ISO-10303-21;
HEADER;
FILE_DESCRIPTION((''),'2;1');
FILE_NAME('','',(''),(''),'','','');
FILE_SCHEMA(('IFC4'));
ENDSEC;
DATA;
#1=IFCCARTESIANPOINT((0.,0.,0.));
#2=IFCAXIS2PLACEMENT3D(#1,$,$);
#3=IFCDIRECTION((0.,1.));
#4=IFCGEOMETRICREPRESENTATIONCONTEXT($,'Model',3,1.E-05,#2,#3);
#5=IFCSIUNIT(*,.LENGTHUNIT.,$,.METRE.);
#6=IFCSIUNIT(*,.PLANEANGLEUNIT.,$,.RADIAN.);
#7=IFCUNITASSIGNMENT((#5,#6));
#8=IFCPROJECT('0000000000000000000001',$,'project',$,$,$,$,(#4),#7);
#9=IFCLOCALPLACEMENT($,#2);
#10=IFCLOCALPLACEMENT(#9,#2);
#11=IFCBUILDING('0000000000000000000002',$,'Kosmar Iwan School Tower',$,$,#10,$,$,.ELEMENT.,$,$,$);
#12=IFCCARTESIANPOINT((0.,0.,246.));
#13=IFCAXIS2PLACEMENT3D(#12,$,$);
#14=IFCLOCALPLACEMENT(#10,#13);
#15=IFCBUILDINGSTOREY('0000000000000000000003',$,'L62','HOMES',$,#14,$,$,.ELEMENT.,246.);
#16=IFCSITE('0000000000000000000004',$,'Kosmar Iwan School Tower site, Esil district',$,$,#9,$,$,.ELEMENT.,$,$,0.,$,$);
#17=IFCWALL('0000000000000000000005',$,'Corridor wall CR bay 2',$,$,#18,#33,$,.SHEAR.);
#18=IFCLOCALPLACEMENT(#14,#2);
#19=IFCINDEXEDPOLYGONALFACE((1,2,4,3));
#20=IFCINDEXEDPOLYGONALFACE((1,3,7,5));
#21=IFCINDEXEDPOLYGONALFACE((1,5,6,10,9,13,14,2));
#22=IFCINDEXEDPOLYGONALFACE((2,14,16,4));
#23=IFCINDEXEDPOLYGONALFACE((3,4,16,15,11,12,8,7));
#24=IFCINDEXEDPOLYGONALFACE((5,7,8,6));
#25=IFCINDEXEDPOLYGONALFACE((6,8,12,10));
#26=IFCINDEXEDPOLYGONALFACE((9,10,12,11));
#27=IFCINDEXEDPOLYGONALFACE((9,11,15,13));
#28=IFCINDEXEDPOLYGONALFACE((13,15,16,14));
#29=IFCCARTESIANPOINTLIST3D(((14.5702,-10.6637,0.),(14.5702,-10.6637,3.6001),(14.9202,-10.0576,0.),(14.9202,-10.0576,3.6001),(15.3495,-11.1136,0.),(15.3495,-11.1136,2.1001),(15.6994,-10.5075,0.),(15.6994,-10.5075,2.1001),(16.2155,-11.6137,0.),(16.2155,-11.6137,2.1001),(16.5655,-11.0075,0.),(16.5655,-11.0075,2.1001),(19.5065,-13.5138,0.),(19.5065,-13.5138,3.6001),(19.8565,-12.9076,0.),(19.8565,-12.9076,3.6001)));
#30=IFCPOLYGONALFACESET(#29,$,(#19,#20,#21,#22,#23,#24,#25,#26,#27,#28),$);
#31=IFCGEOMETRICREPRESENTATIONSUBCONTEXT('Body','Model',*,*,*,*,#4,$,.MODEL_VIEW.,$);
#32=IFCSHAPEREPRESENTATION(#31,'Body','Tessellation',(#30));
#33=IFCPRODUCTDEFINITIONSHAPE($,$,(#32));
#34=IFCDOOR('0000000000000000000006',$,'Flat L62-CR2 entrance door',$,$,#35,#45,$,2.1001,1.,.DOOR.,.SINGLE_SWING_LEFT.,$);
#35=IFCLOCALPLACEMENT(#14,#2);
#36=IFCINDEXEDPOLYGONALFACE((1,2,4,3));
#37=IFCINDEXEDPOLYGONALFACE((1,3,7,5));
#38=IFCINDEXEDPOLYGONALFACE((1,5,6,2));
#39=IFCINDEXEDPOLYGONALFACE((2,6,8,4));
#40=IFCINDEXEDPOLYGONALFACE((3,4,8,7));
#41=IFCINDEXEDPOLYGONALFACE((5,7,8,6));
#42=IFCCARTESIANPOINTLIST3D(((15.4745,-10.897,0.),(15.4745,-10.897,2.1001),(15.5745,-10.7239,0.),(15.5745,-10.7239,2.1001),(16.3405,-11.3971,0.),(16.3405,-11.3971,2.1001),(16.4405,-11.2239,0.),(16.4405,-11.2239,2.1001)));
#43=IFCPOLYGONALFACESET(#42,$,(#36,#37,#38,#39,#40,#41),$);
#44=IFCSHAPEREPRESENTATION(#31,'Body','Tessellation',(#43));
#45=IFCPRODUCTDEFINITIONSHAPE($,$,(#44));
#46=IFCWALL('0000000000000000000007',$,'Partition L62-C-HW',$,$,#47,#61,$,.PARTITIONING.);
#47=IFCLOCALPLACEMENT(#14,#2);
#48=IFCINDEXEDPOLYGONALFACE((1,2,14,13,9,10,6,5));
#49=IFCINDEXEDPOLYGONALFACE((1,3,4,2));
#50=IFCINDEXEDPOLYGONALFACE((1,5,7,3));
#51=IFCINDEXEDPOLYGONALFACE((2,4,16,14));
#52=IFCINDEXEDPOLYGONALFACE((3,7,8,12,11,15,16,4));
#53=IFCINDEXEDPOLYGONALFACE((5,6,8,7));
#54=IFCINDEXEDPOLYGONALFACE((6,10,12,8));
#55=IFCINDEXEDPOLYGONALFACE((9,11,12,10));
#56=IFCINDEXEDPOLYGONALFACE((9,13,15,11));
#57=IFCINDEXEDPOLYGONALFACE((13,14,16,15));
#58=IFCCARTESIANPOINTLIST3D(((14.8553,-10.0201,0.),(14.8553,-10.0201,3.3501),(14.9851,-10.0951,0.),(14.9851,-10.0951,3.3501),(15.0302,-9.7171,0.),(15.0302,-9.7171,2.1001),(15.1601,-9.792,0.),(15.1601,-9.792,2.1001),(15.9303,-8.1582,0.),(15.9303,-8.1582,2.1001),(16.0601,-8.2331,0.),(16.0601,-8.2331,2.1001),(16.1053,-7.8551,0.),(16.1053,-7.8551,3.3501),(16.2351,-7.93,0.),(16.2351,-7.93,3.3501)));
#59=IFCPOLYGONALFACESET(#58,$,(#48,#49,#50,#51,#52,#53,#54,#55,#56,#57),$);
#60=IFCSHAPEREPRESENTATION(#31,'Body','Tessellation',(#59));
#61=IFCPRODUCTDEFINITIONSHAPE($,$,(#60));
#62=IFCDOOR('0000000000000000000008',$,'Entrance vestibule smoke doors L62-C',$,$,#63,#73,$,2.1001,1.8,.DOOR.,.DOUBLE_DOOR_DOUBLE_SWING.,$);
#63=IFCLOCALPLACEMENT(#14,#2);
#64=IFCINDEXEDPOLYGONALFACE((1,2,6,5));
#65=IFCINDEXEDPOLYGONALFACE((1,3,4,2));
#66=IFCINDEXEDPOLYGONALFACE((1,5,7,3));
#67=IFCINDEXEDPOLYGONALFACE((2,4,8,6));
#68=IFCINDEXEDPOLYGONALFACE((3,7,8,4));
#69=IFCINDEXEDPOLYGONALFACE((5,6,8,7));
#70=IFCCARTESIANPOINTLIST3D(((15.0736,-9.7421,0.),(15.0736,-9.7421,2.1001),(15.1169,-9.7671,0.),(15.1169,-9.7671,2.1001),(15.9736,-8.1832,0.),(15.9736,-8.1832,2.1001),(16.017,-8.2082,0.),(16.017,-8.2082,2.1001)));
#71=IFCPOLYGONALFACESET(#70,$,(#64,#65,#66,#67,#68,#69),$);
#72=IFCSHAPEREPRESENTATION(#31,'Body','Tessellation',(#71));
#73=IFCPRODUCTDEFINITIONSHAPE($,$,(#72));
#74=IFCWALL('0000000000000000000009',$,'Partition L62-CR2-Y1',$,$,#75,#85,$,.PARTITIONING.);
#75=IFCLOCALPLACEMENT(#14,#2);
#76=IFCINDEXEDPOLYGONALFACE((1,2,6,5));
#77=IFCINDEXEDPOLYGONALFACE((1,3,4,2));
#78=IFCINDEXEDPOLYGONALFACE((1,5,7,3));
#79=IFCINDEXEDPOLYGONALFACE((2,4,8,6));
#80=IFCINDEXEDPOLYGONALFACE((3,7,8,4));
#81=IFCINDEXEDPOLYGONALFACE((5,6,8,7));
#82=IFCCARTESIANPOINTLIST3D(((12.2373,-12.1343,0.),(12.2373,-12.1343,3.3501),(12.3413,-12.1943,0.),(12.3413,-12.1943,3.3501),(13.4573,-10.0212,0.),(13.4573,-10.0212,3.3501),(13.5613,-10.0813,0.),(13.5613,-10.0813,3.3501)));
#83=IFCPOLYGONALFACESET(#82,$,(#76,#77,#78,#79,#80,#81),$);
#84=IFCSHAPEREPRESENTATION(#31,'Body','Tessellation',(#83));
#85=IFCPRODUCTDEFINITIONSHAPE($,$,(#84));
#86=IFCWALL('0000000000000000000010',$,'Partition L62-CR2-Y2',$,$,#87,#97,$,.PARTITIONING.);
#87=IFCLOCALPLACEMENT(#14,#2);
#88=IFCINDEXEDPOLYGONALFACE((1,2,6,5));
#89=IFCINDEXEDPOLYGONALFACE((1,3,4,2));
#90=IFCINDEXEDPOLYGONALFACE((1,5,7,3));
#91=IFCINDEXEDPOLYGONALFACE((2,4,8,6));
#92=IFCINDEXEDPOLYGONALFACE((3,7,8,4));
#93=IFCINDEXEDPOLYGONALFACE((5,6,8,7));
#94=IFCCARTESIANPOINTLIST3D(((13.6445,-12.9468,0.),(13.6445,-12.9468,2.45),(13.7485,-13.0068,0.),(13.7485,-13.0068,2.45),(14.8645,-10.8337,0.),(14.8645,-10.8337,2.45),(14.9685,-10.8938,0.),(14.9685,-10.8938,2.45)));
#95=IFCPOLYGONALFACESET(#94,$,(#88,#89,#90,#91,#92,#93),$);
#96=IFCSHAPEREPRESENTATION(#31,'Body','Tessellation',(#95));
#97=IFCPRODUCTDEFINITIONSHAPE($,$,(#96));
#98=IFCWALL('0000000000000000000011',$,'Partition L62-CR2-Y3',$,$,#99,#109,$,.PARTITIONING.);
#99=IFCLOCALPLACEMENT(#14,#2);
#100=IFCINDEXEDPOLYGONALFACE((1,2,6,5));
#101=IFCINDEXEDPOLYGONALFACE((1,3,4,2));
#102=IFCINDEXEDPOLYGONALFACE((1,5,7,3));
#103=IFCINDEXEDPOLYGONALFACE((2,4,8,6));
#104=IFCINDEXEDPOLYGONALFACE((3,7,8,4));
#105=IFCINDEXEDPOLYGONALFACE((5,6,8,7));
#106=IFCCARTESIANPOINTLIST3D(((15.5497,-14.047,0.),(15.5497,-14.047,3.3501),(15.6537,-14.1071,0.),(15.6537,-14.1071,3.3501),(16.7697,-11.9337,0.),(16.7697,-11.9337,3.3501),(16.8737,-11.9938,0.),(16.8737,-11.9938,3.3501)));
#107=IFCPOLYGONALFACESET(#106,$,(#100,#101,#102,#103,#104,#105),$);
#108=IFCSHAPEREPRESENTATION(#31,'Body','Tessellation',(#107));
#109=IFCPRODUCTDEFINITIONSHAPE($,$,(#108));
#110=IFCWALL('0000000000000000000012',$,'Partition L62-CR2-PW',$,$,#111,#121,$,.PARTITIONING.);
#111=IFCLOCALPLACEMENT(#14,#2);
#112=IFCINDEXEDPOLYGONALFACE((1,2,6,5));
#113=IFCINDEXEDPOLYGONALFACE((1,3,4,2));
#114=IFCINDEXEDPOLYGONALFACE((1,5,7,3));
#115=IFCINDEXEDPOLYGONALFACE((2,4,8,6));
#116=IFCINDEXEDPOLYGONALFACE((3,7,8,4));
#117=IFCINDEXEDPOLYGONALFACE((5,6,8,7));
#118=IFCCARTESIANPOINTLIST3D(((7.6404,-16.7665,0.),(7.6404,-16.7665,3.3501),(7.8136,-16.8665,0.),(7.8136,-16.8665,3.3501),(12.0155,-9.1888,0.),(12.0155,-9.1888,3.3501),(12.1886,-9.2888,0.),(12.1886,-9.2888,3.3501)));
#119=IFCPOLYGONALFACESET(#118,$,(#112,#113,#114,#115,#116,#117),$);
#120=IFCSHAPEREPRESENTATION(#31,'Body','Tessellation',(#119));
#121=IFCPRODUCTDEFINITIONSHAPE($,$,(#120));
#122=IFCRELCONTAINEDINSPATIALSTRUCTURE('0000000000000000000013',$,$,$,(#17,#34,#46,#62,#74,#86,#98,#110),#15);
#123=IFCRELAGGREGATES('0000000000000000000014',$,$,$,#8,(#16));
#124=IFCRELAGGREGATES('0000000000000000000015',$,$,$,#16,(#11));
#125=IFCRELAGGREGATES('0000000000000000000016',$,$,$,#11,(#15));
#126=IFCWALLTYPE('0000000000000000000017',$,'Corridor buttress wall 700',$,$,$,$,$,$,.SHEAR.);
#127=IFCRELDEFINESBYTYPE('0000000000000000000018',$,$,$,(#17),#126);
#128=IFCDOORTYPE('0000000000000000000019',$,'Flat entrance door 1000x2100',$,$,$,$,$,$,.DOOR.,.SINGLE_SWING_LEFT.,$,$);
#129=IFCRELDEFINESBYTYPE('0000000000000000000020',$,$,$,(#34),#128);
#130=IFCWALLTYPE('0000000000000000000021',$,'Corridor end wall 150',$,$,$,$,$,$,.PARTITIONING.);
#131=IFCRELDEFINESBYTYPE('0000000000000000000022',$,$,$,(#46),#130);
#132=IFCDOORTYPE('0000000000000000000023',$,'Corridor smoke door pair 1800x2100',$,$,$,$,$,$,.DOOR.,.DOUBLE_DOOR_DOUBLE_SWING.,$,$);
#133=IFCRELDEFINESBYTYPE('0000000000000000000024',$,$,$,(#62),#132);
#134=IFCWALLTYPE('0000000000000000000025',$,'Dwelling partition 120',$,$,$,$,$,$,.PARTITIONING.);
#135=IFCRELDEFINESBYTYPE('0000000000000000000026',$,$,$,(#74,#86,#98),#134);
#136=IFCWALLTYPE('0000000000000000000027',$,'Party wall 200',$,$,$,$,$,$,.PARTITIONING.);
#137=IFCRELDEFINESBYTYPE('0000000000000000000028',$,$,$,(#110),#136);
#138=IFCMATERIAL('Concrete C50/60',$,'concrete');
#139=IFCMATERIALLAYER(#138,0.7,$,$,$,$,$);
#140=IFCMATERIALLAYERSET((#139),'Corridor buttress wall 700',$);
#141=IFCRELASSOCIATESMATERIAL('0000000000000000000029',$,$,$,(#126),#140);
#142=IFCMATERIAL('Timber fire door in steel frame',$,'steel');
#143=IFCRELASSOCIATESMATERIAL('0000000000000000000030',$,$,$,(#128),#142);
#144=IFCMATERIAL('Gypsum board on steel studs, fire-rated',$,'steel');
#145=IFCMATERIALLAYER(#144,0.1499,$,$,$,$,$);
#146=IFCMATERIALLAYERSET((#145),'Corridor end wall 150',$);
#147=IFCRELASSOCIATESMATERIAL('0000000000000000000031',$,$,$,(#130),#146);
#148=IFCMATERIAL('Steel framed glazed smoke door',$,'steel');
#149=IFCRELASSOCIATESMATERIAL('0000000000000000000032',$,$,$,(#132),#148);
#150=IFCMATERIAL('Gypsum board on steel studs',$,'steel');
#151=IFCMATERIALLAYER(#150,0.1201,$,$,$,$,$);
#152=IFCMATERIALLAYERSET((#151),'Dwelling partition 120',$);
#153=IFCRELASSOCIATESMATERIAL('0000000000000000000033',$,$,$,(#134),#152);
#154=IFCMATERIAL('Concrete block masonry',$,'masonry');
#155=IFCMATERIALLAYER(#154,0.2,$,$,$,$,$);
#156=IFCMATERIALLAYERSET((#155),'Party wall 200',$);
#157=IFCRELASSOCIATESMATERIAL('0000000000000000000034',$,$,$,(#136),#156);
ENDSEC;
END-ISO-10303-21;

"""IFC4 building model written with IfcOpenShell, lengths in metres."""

from ifc_helpers import new_model, si_unit, direction, frame, frame_2d, origin, place, context, subcontext, project, spatial, rectangle, extrude, material, layer, layer_set, type_object, element, fill, save


model = new_model("IFC4")

# Units and contexts
model_context = context("Model", 3, precision=1e-05, world=origin(), true_north=direction((0.0, 1.0)))
body_context = subcontext(model_context, "Body", "Model", "MODEL_VIEW")
ifc_project = project(units=[si_unit("LENGTHUNIT", "METRE"), si_unit("PLANEANGLEUNIT", "RADIAN")], contexts=[model_context])

# Site, building, storey
site_placement = place(None, origin())
site = spatial("IfcSite", under=ifc_project, at=site_placement, Name="Kosmar Iwan School Tower site, Esil district", CompositionType="ELEMENT", RefElevation=0.0)
building_placement = place(site_placement, origin())
building = spatial("IfcBuilding", under=site, at=building_placement, Name="Kosmar Iwan School Tower", CompositionType="ELEMENT")
storey_placement = place(building_placement, frame((0.0, 0.0, 246.0)))
storey = spatial("IfcBuildingStorey", under=building, at=storey_placement, Name="L62", Description="HOMES", CompositionType="ELEMENT", Elevation=246.0)

# Walls, openings, doors
ifc_material_1 = material(Name="Concrete C50/60", Category="concrete")
ifc_layer_1 = layer(ifc_material_1, 0.7)
ifc_layer_set_1 = layer_set([ifc_layer_1], Name="Corridor buttress wall 700")
wall_type_1 = type_object("IfcWallType", Name="Corridor buttress wall 700", PredefinedType="SHEAR", material=ifc_layer_set_1)
wall_1_placement = place(storey_placement, frame((14.7451, -10.3606, 0.0), z_axis=(0.0, 0.0, 1.0), x_axis=(0.866015, -0.500018, 0.0)))
wall_1 = element("IfcWall", 1, at=wall_1_placement, inside=storey, type_object=wall_type_1, Name="Corridor wall CR bay 2", PredefinedType="SHEAR", context=body_context, shape_type="SweptSolid", body=[
    extrude(rectangle(XDim=5.7, YDim=0.7, at=frame_2d((2.8501, 0.0))), origin(), (0.0, 0.0, 1.0), 3.6001),
])
opening_1_placement = place(wall_1_placement, frame((0.8999, 0.0, 0.0)))
opening_1 = element("IfcOpeningElement", 2, at=opening_1_placement, cuts=wall_1, PredefinedType="OPENING", context=body_context, shape_type="SweptSolid", body=[
    extrude(rectangle(XDim=1.0, YDim=2.1001, at=frame_2d((0.5, 1.05))), frame((0.0, 0.3621, 0.0), z_axis=(0.0, -1.0, 0.0), x_axis=(1.0, 0.0, 0.0)), (0.0, 0.0, 1.0), 0.7239),
])
ifc_material_2 = material(Name="Timber fire door in steel frame", Category="steel")
door_type_1 = type_object("IfcDoorType", Name="Flat entrance door 1000x2100", OperationType="SINGLE_SWING_LEFT", PredefinedType="DOOR", material=ifc_material_2)
door_1_placement = place(opening_1_placement, origin())
door_1 = element("IfcDoor", 3, at=door_1_placement, inside=storey, type_object=door_type_1, Name="Flat L62-CR2 entrance door", OperationType="SINGLE_SWING_LEFT", OverallHeight=2.1001, OverallWidth=1.0, PredefinedType="DOOR", context=body_context, shape_type="SweptSolid", body=[
    extrude(rectangle(XDim=1.0, YDim=2.1001, at=frame_2d((0.5, 1.05))), frame((0.0, 0.1001, 0.0), z_axis=(0.0, -1.0, 0.0), x_axis=(1.0, 0.0, 0.0)), (0.0, 0.0, 1.0), 0.2),
])
fill(opening_1, door_1)
ifc_material_3 = material(Name="Gypsum board on steel studs, fire-rated", Category="steel")
ifc_layer_2 = layer(ifc_material_3, 0.1499)
ifc_layer_set_2 = layer_set([ifc_layer_2], Name="Corridor end wall 150")
wall_type_2 = type_object("IfcWallType", Name="Corridor end wall 150", PredefinedType="PARTITIONING", material=ifc_layer_set_2)
wall_2_placement = place(storey_placement, frame((14.9202, -10.0576, 0.0), z_axis=(0.0, 0.0, 1.0), x_axis=(0.500004, 0.866023, 0.0)))
wall_2 = element("IfcWall", 4, at=wall_2_placement, inside=storey, type_object=wall_type_2, Name="Partition L62-C-HW", PredefinedType="PARTITIONING", context=body_context, shape_type="SweptSolid", body=[
    extrude(rectangle(XDim=2.5, YDim=0.1499, at=frame_2d((1.25, 0.0))), origin(), (0.0, 0.0, 1.0), 3.3501),
])
opening_2_placement = place(wall_2_placement, frame((0.3501, 0.0, 0.0)))
opening_2 = element("IfcOpeningElement", 5, at=opening_2_placement, cuts=wall_2, PredefinedType="OPENING", context=body_context, shape_type="SweptSolid", body=[
    extrude(rectangle(XDim=1.8, YDim=2.1001, at=frame_2d((0.8999, 1.05))), frame((0.0, 0.0869, 0.0), z_axis=(0.0, -1.0, 0.0), x_axis=(1.0, 0.0, 0.0)), (0.0, 0.0, 1.0), 0.1738),
])
ifc_material_4 = material(Name="Steel framed glazed smoke door", Category="steel")
door_type_2 = type_object("IfcDoorType", Name="Corridor smoke door pair 1800x2100", OperationType="DOUBLE_DOOR_DOUBLE_SWING", PredefinedType="DOOR", material=ifc_material_4)
door_2_placement = place(opening_2_placement, origin())
door_2 = element("IfcDoor", 6, at=door_2_placement, inside=storey, type_object=door_type_2, Name="Entrance vestibule smoke doors L62-C", OperationType="DOUBLE_DOOR_DOUBLE_SWING", OverallHeight=2.1001, OverallWidth=1.8, PredefinedType="DOOR", context=body_context, shape_type="SweptSolid", body=[
    extrude(rectangle(XDim=1.8, YDim=2.1001, at=frame_2d((0.8999, 1.05))), frame((0.0, 0.0249, 0.0), z_axis=(0.0, -1.0, 0.0), x_axis=(1.0, 0.0, 0.0)), (0.0, 0.0, 1.0), 0.05),
])
fill(opening_2, door_2)

# Walls
ifc_material_5 = material(Name="Gypsum board on steel studs", Category="steel")
ifc_layer_3 = layer(ifc_material_5, 0.1201)
ifc_layer_set_3 = layer_set([ifc_layer_3], Name="Dwelling partition 120")
wall_type_3 = type_object("IfcWallType", Name="Dwelling partition 120", PredefinedType="PARTITIONING", material=ifc_layer_set_3)
wall_3_placement = place(storey_placement, frame((13.5093, -10.0513, 0.0), z_axis=(0.0, 0.0, 1.0), x_axis=(-0.500003, -0.866024, 0.0)))
element("IfcWall", 7, at=wall_3_placement, inside=storey, type_object=wall_type_3, Name="Partition L62-CR2-Y1", PredefinedType="PARTITIONING", context=body_context, shape_type="SweptSolid", body=[
    extrude(rectangle(XDim=2.4399, YDim=0.1201, at=frame_2d((1.22, 0.0))), origin(), (0.0, 0.0, 1.0), 3.3501),
])
wall_4_placement = place(storey_placement, frame((14.9165, -10.8638, 0.0), z_axis=(0.0, 0.0, 1.0), x_axis=(-0.500003, -0.866024, 0.0)))
element("IfcWall", 8, at=wall_4_placement, inside=storey, type_object=wall_type_3, Name="Partition L62-CR2-Y2", PredefinedType="PARTITIONING", context=body_context, shape_type="SweptSolid", body=[
    extrude(rectangle(XDim=2.4399, YDim=0.1201, at=frame_2d((1.22, 0.0))), origin(), (0.0, 0.0, 1.0), 2.45),
])
wall_5_placement = place(storey_placement, frame((16.8218, -11.9636, 0.0), z_axis=(0.0, 0.0, 1.0), x_axis=(-0.499959, -0.866049, 0.0)))
element("IfcWall", 9, at=wall_5_placement, inside=storey, type_object=wall_type_3, Name="Partition L62-CR2-Y3", PredefinedType="PARTITIONING", context=body_context, shape_type="SweptSolid", body=[
    extrude(rectangle(XDim=2.4402, YDim=0.1201, at=frame_2d((1.2202, 0.0))), origin(), (0.0, 0.0, 1.0), 3.3501),
])
ifc_material_6 = material(Name="Concrete block masonry", Category="masonry")
ifc_layer_4 = layer(ifc_material_6, 0.2)
ifc_layer_set_4 = layer_set([ifc_layer_4], Name="Party wall 200")
wall_type_4 = type_object("IfcWallType", Name="Party wall 200", PredefinedType="PARTITIONING", material=ifc_layer_set_4)
wall_6_placement = place(storey_placement, frame((12.1021, -9.2388, 0.0), z_axis=(0.0, 0.0, 1.0), x_axis=(-0.500004, -0.866023, 0.0)))
element("IfcWall", 10, at=wall_6_placement, inside=storey, type_object=wall_type_4, Name="Partition L62-CR2-PW", PredefinedType="PARTITIONING", context=body_context, shape_type="SweptSolid", body=[
    extrude(rectangle(XDim=8.75, YDim=0.2, at=frame_2d((4.375, 0.0))), origin(), (0.0, 0.0, 1.0), 3.3501),
])

save(model, "model.ifc")
